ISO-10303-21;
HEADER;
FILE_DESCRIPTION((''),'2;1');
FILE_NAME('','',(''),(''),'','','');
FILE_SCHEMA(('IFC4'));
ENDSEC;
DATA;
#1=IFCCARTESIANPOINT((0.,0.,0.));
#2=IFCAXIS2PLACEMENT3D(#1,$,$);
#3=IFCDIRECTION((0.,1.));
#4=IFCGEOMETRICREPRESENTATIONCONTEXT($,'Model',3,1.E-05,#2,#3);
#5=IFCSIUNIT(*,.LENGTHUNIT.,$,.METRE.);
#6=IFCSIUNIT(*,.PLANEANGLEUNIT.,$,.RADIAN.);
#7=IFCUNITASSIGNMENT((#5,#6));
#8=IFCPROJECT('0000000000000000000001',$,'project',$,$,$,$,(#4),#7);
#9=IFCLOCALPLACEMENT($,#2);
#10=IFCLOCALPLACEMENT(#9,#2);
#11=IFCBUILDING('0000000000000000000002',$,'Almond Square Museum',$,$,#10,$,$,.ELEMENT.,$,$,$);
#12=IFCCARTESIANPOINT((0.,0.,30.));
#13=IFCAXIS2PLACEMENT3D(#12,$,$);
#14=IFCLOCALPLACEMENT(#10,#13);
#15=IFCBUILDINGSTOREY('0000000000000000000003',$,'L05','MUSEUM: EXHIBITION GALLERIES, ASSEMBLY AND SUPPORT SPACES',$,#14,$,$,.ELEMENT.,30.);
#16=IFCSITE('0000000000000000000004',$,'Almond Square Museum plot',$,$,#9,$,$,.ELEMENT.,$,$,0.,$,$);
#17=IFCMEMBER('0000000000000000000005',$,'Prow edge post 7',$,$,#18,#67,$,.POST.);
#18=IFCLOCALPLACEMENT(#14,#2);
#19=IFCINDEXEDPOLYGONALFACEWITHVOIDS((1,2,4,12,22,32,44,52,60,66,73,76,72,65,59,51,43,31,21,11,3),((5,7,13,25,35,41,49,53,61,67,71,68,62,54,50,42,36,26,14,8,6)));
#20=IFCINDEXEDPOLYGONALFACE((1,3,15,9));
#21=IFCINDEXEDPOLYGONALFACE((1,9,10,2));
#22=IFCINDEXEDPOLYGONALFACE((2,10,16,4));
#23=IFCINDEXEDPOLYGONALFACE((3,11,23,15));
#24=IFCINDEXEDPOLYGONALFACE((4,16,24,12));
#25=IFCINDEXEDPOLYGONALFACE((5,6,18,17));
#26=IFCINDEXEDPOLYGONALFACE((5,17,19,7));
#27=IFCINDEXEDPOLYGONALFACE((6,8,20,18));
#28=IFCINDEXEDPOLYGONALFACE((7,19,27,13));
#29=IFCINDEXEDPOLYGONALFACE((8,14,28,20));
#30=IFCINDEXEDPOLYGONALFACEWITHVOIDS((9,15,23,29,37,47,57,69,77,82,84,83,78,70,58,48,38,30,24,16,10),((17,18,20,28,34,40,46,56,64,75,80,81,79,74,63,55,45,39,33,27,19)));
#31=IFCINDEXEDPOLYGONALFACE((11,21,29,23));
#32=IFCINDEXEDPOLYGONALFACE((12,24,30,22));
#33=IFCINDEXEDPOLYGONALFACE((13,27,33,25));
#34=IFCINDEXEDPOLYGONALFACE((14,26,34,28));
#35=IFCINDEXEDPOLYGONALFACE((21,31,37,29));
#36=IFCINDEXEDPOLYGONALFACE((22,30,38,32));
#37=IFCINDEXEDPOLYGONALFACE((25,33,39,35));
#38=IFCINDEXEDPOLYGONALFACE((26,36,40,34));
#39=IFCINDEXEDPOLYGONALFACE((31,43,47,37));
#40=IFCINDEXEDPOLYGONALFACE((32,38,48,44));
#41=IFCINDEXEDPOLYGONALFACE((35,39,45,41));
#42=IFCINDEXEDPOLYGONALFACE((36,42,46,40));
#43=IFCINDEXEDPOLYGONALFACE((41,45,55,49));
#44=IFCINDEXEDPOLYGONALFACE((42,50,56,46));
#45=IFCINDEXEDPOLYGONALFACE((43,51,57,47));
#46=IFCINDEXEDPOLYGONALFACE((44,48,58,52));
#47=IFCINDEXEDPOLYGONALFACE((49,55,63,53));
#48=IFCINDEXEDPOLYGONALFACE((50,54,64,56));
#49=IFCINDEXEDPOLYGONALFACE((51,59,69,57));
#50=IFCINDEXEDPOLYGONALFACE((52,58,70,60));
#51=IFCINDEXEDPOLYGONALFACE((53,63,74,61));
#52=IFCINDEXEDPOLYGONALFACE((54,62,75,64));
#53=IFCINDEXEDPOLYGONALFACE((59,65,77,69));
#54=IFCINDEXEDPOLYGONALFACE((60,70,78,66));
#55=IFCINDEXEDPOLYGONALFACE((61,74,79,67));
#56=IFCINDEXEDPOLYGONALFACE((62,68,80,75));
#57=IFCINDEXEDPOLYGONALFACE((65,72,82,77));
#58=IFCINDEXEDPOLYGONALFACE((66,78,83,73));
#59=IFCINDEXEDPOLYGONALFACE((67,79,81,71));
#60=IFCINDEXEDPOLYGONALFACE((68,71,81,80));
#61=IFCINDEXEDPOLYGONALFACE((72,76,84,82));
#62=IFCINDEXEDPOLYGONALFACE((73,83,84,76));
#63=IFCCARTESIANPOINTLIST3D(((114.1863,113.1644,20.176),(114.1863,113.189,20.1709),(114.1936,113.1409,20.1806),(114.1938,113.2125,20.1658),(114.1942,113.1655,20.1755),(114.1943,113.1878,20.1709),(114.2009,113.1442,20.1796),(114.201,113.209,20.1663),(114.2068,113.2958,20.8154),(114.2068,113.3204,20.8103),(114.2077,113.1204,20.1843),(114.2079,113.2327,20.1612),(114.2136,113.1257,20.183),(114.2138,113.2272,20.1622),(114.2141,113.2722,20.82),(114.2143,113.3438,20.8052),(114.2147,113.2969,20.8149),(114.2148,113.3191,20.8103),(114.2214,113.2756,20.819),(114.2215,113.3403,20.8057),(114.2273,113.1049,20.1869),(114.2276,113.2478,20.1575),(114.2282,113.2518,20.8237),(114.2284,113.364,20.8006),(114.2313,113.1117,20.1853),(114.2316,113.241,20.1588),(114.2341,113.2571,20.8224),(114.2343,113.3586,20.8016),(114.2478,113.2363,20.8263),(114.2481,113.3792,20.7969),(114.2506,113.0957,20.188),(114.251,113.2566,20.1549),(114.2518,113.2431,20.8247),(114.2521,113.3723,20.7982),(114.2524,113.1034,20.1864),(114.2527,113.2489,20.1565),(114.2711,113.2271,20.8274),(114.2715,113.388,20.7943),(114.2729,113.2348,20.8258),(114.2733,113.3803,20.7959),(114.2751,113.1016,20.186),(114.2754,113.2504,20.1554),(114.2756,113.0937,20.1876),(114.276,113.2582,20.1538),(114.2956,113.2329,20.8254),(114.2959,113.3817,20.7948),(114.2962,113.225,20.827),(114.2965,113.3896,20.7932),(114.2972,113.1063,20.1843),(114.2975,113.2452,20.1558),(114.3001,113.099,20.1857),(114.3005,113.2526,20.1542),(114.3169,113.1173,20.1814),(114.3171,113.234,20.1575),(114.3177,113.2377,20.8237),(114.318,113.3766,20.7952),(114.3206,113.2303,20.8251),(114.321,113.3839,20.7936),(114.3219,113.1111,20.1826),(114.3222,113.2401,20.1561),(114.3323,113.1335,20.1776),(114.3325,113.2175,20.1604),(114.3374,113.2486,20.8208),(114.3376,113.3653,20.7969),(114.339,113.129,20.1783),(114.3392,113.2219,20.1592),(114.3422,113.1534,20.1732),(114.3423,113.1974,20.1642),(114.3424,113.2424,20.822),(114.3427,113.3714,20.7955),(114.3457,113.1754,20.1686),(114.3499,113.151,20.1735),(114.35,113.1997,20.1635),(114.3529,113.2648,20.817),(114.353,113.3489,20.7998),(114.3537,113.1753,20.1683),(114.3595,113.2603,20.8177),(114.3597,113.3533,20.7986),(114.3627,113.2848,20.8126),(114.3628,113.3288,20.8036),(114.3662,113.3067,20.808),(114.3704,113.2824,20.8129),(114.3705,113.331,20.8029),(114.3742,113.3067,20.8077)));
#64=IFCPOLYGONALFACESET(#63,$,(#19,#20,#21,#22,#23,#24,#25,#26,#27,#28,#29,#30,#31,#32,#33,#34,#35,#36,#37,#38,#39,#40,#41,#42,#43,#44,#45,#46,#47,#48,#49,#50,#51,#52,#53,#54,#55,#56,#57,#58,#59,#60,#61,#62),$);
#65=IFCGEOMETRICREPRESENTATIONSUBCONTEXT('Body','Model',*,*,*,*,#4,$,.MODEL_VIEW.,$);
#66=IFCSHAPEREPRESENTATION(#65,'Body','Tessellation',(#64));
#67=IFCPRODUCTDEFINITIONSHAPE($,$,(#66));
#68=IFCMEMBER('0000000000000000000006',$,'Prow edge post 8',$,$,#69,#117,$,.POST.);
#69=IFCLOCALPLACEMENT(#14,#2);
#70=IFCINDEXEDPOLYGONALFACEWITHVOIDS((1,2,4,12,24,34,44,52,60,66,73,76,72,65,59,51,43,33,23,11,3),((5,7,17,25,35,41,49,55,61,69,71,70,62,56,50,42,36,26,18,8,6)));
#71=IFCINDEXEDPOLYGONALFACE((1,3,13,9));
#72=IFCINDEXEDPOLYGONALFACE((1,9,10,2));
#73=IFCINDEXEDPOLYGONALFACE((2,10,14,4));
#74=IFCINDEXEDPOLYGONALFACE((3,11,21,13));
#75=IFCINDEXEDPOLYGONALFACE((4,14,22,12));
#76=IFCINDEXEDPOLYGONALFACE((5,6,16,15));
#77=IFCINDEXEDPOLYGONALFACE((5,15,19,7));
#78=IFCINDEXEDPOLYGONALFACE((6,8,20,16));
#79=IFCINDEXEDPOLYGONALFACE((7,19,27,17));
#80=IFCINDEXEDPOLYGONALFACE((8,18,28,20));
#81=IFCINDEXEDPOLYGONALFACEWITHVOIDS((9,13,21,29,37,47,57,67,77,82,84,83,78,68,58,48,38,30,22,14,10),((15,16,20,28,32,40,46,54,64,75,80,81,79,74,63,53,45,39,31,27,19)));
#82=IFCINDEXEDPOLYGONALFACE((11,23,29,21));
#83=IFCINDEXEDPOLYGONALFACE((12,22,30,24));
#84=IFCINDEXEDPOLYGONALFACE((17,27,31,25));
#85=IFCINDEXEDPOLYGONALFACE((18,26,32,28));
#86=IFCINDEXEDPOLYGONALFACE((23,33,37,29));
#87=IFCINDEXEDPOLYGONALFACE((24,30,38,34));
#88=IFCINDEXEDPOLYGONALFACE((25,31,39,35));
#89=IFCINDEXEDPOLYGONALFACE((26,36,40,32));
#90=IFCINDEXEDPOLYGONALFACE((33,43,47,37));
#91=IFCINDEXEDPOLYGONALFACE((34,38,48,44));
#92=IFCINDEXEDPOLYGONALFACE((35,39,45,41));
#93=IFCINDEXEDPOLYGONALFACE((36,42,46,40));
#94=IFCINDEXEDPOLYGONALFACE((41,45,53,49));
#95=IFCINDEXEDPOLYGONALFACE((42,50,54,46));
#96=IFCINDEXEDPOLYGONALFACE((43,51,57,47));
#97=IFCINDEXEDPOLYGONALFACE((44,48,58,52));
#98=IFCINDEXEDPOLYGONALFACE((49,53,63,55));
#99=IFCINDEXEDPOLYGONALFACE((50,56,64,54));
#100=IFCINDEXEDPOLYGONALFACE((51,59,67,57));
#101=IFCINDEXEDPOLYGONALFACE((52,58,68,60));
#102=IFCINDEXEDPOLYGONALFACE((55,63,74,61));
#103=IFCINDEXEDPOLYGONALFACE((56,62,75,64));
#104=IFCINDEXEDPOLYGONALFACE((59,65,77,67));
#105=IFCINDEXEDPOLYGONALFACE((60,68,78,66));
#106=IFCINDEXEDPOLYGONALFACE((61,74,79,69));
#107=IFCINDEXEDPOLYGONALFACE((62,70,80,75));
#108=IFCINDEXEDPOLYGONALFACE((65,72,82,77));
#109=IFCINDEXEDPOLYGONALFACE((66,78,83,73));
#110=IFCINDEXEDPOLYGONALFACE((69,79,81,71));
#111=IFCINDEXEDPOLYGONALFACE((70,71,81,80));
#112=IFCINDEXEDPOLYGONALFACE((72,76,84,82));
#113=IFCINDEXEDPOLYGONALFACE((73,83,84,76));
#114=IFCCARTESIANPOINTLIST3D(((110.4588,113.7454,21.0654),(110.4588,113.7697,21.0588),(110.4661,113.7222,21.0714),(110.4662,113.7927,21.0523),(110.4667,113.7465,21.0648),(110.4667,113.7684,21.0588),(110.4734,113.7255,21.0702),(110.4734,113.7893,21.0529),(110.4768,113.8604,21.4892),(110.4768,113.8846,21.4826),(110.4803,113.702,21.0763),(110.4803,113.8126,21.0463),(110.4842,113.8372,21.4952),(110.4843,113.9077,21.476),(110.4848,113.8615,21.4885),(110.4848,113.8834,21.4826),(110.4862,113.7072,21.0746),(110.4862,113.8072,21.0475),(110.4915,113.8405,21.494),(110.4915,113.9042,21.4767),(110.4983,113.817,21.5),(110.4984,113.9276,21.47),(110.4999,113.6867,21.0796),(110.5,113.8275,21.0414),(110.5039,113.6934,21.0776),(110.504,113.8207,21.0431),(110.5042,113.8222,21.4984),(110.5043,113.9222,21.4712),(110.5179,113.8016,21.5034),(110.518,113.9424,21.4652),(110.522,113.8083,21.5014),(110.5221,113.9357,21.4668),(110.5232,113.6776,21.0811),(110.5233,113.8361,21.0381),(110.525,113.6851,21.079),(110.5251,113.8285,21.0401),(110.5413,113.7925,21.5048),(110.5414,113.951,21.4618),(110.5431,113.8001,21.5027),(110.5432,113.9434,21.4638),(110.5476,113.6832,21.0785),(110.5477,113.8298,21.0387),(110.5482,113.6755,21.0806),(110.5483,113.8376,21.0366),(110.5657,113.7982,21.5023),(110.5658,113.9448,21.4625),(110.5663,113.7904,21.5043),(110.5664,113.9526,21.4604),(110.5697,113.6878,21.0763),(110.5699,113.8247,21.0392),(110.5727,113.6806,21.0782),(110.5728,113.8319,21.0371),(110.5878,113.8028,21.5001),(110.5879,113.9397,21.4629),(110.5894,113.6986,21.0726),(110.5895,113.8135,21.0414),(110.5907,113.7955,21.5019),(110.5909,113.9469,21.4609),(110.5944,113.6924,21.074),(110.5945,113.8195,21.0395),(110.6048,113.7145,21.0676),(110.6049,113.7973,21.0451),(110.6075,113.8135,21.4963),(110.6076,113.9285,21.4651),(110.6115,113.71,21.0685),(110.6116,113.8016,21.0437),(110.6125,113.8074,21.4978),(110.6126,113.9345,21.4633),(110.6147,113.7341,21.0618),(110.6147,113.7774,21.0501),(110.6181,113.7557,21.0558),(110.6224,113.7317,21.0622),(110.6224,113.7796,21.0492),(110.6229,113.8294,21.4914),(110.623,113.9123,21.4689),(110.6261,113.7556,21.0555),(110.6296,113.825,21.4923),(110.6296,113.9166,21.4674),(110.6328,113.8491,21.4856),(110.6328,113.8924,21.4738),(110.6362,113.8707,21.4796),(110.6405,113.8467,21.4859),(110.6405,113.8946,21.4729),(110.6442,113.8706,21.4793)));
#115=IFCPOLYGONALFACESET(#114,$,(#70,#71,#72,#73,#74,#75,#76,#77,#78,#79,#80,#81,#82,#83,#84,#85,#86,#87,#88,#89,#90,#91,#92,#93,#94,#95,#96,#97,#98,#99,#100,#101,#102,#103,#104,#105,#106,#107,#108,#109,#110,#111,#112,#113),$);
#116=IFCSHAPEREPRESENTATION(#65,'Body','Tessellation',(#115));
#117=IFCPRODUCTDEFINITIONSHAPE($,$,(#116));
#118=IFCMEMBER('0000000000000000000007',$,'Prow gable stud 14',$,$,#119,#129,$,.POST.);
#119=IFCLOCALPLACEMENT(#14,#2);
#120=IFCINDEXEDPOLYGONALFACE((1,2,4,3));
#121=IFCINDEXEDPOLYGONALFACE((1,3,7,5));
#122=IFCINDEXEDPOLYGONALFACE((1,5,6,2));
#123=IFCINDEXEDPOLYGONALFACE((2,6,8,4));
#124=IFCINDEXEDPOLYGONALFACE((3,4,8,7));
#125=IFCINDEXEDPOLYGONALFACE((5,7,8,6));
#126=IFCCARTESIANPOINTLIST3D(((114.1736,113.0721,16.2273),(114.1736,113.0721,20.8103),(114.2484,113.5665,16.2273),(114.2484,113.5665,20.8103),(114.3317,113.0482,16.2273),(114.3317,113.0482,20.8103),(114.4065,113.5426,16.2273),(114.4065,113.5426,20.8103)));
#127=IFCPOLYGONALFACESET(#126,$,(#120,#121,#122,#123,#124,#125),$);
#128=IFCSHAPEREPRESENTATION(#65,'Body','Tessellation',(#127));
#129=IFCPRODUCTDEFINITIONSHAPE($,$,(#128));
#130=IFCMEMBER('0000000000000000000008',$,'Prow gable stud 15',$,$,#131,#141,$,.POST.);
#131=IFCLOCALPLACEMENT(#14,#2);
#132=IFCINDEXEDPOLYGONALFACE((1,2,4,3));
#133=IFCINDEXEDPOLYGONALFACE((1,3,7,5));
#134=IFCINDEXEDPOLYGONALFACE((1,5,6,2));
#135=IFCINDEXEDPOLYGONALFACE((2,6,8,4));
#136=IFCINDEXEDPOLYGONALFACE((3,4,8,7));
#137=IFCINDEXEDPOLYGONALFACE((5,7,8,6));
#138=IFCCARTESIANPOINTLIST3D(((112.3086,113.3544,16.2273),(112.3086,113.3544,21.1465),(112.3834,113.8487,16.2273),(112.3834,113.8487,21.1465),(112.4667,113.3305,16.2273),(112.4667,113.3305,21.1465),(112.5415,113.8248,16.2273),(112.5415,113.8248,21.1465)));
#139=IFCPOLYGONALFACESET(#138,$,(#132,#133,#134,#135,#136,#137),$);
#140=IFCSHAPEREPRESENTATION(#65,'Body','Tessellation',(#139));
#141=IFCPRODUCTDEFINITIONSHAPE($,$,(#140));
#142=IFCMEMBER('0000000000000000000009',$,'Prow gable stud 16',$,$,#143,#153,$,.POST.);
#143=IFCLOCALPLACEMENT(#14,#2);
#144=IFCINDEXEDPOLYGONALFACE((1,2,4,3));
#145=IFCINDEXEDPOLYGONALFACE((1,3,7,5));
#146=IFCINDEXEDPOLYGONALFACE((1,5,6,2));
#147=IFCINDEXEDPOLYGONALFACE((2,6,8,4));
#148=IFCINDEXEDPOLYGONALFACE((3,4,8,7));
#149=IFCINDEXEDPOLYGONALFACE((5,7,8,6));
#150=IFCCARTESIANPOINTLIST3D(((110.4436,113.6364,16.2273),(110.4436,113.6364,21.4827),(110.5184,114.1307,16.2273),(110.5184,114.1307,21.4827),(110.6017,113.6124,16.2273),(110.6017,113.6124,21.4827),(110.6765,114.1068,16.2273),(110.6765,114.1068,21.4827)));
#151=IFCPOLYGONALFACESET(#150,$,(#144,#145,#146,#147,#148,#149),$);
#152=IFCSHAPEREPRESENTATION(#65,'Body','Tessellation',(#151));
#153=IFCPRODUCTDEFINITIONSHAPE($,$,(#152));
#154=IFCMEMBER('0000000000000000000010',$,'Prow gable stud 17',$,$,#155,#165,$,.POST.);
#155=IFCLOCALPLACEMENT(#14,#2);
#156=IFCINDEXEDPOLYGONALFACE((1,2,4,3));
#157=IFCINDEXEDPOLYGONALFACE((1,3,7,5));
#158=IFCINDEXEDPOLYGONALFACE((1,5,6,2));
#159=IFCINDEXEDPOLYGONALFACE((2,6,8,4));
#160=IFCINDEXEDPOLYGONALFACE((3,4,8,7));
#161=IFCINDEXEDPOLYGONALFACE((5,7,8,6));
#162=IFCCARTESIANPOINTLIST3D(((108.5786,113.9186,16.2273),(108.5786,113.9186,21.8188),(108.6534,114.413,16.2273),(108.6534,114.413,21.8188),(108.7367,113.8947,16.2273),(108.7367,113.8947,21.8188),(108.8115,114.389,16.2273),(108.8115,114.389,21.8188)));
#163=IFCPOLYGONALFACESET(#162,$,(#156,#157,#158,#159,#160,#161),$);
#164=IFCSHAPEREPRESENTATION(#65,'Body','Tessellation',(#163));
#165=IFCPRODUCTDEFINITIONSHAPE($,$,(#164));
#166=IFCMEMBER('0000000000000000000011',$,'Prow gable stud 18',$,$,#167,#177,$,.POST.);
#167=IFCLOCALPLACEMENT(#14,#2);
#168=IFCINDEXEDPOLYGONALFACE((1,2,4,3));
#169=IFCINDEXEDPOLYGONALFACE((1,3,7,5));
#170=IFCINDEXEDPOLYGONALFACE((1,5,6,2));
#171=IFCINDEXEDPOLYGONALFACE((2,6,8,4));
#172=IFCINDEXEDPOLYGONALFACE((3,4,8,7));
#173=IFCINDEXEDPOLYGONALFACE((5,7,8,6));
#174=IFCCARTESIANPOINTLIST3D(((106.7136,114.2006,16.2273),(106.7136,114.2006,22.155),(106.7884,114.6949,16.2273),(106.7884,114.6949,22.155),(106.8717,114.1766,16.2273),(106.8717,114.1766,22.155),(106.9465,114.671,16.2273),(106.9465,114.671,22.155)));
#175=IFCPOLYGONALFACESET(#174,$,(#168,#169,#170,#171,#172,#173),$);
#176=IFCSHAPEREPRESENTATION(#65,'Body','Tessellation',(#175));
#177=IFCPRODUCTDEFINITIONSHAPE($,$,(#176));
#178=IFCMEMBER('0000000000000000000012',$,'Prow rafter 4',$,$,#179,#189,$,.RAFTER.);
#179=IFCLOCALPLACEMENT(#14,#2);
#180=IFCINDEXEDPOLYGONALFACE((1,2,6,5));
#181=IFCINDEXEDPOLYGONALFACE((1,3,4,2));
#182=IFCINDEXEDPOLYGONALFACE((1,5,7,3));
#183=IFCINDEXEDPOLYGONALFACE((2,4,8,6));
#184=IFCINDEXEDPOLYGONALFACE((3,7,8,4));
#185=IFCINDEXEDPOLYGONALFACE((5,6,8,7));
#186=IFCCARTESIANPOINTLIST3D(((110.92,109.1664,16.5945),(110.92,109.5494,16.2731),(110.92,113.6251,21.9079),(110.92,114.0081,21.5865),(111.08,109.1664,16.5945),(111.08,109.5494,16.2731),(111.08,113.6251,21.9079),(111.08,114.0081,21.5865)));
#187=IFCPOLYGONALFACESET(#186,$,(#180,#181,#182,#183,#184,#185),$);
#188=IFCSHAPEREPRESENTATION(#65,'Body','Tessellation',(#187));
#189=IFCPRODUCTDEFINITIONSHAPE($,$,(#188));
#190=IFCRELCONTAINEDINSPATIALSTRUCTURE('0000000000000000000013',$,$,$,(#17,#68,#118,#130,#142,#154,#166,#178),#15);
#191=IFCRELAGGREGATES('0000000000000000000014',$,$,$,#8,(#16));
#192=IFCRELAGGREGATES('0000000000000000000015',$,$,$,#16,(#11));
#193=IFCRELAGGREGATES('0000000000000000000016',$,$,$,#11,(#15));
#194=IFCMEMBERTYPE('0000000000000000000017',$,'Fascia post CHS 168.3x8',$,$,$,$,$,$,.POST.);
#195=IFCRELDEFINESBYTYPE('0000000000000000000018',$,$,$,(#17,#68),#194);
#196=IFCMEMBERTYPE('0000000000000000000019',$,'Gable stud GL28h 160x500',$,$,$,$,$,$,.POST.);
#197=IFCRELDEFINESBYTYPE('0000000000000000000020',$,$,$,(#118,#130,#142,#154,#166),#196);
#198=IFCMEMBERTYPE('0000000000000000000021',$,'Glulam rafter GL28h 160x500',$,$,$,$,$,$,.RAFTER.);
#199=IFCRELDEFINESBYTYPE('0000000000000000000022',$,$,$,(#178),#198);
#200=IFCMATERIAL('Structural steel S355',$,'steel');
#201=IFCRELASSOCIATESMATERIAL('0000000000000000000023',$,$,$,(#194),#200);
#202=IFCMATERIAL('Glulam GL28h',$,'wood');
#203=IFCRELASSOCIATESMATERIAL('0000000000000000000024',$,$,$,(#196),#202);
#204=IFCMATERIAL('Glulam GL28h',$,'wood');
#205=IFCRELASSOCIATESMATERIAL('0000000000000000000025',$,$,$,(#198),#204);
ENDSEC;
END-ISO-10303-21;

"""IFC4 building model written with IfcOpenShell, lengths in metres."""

from ifc_helpers import new_model, si_unit, direction, frame, origin, origin_2d, place, context, subcontext, project, spatial, rectangle, hollow_circle, extrude, material, material_profile, profile_set, type_object, element, save


model = new_model("IFC4")

# Units and contexts
model_context = context("Model", 3, precision=1e-05, world=origin(), true_north=direction((0.0, 1.0)))
body_context = subcontext(model_context, "Body", "Model", "MODEL_VIEW")
ifc_project = project(units=[si_unit("LENGTHUNIT", "METRE"), si_unit("PLANEANGLEUNIT", "RADIAN")], contexts=[model_context])

# Site, building, storey
site_placement = place(None, origin())
site = spatial("IfcSite", under=ifc_project, at=site_placement, Name="Almond Square Museum plot", CompositionType="ELEMENT", RefElevation=0.0)
building_placement = place(site_placement, origin())
building = spatial("IfcBuilding", under=site, at=building_placement, Name="Almond Square Museum", CompositionType="ELEMENT")
storey_placement = place(building_placement, frame((0.0, 0.0, 30.0)))
storey = spatial("IfcBuildingStorey", under=building, at=storey_placement, Name="L05", Description="MUSEUM: EXHIBITION GALLERIES, ASSEMBLY AND SUPPORT SPACES", CompositionType="ELEMENT", Elevation=30.0)

# Members
ifc_material_1 = material(Name="Structural steel S355", Category="steel")
ifc_material_profile_1 = material_profile(ifc_material_1, hollow_circle(Radius=0.0842, WallThickness=0.0081, at=origin_2d()))
ifc_profile_set_1 = profile_set([ifc_material_profile_1], Name="Structural steel S355")
member_type_1 = type_object("IfcMemberType", Name="Fascia post CHS 168.3x8", PredefinedType="POST", material=ifc_profile_set_1)
member_1_placement = place(storey_placement, frame((114.2695, 113.176, 20.1709), z_axis=(0.031402, 0.201121, 0.979063), x_axis=(-0.98803, 0.154265, 0.0)))
element("IfcMember", 1, at=member_1_placement, inside=storey, type_object=member_type_1, Name="Prow edge post 7", PredefinedType="POST", context=body_context, shape_type="SweptSolid", body=[
    extrude(hollow_circle(Radius=0.0842, WallThickness=0.0081, at=origin_2d()), origin(), (0.0, 0.0, 1.0), 0.6531),
])
member_2_placement = place(storey_placement, frame((110.542, 113.7566, 21.0588), z_axis=(0.041105, 0.261626, 0.964294), x_axis=(-0.987882, 0.155209, 0.0)))
element("IfcMember", 2, at=member_2_placement, inside=storey, type_object=member_type_1, Name="Prow edge post 8", PredefinedType="POST", context=body_context, shape_type="SweptSolid", body=[
    extrude(hollow_circle(Radius=0.0842, WallThickness=0.0081, at=origin_2d()), origin(), (0.0, 0.0, 1.0), 0.4395),
])
ifc_material_2 = material(Name="Glulam GL28h", Category="wood")
ifc_material_profile_2 = material_profile(ifc_material_2, rectangle(XDim=0.1599, YDim=0.5, at=origin_2d()))
ifc_profile_set_2 = profile_set([ifc_material_profile_2], Name="Glulam GL28h")
member_type_2 = type_object("IfcMemberType", Name="Gable stud GL28h 160x500", PredefinedType="POST", material=ifc_profile_set_2)
member_3_placement = place(storey_placement, frame((114.29, 113.3074, 16.2273), z_axis=(0.0, 0.0, 1.0), x_axis=(-0.988753, 0.149559, 0.0)))
element("IfcMember", 3, at=member_3_placement, inside=storey, type_object=member_type_2, Name="Prow gable stud 14", PredefinedType="POST", context=body_context, shape_type="SweptSolid", body=[
    extrude(rectangle(XDim=0.1599, YDim=0.5, at=origin_2d()), origin(), (0.0, 0.0, 1.0), 4.583),
])
member_4_placement = place(storey_placement, frame((112.425, 113.5896, 16.2273), z_axis=(0.0, 0.0, 1.0), x_axis=(-0.988753, 0.149559, 0.0)))
element("IfcMember", 4, at=member_4_placement, inside=storey, type_object=member_type_2, Name="Prow gable stud 15", PredefinedType="POST", context=body_context, shape_type="SweptSolid", body=[
    extrude(rectangle(XDim=0.1599, YDim=0.5, at=origin_2d()), origin(), (0.0, 0.0, 1.0), 4.9192),
])
member_5_placement = place(storey_placement, frame((110.5601, 113.8716, 16.2273), z_axis=(0.0, 0.0, 1.0), x_axis=(-0.988753, 0.149559, 0.0)))
element("IfcMember", 5, at=member_5_placement, inside=storey, type_object=member_type_2, Name="Prow gable stud 16", PredefinedType="POST", context=body_context, shape_type="SweptSolid", body=[
    extrude(rectangle(XDim=0.1599, YDim=0.5, at=origin_2d()), origin(), (0.0, 0.0, 1.0), 5.2554),
])
member_6_placement = place(storey_placement, frame((108.6951, 114.1538, 16.2273), z_axis=(0.0, 0.0, 1.0), x_axis=(-0.988753, 0.149559, 0.0)))
element("IfcMember", 6, at=member_6_placement, inside=storey, type_object=member_type_2, Name="Prow gable stud 17", PredefinedType="POST", context=body_context, shape_type="SweptSolid", body=[
    extrude(rectangle(XDim=0.1599, YDim=0.5, at=origin_2d()), origin(), (0.0, 0.0, 1.0), 5.5916),
])
member_7_placement = place(storey_placement, frame((106.8301, 114.4358, 16.2273), z_axis=(0.0, 0.0, 1.0), x_axis=(-0.988753, 0.149559, 0.0)))
element("IfcMember", 7, at=member_7_placement, inside=storey, type_object=member_type_2, Name="Prow gable stud 18", PredefinedType="POST", context=body_context, shape_type="SweptSolid", body=[
    extrude(rectangle(XDim=0.1599, YDim=0.5, at=origin_2d()), origin(), (0.0, 0.0, 1.0), 5.9277),
])
ifc_material_3 = material(Name="Glulam GL28h", Category="wood")
ifc_material_profile_3 = material_profile(ifc_material_3, rectangle(XDim=0.1599, YDim=0.5, at=origin_2d()))
ifc_profile_set_3 = profile_set([ifc_material_profile_3], Name="Glulam GL28h")
member_type_3 = type_object("IfcMemberType", Name="Glulam rafter GL28h 160x500", PredefinedType="RAFTER", material=ifc_profile_set_3)
member_8_placement = place(storey_placement, frame((111.0, 109.3579, 16.4338), z_axis=(0.0, 0.642805, 0.76603), x_axis=(-1.0, 0.0, 0.0)))
element("IfcMember", 8, at=member_8_placement, inside=storey, type_object=member_type_3, Name="Prow rafter 4", PredefinedType="RAFTER", context=body_context, shape_type="SweptSolid", body=[
    extrude(rectangle(XDim=0.1599, YDim=0.5, at=origin_2d()), origin(), (0.0, 0.0, 1.0), 6.9363),
])

save(model, "model.ifc")
